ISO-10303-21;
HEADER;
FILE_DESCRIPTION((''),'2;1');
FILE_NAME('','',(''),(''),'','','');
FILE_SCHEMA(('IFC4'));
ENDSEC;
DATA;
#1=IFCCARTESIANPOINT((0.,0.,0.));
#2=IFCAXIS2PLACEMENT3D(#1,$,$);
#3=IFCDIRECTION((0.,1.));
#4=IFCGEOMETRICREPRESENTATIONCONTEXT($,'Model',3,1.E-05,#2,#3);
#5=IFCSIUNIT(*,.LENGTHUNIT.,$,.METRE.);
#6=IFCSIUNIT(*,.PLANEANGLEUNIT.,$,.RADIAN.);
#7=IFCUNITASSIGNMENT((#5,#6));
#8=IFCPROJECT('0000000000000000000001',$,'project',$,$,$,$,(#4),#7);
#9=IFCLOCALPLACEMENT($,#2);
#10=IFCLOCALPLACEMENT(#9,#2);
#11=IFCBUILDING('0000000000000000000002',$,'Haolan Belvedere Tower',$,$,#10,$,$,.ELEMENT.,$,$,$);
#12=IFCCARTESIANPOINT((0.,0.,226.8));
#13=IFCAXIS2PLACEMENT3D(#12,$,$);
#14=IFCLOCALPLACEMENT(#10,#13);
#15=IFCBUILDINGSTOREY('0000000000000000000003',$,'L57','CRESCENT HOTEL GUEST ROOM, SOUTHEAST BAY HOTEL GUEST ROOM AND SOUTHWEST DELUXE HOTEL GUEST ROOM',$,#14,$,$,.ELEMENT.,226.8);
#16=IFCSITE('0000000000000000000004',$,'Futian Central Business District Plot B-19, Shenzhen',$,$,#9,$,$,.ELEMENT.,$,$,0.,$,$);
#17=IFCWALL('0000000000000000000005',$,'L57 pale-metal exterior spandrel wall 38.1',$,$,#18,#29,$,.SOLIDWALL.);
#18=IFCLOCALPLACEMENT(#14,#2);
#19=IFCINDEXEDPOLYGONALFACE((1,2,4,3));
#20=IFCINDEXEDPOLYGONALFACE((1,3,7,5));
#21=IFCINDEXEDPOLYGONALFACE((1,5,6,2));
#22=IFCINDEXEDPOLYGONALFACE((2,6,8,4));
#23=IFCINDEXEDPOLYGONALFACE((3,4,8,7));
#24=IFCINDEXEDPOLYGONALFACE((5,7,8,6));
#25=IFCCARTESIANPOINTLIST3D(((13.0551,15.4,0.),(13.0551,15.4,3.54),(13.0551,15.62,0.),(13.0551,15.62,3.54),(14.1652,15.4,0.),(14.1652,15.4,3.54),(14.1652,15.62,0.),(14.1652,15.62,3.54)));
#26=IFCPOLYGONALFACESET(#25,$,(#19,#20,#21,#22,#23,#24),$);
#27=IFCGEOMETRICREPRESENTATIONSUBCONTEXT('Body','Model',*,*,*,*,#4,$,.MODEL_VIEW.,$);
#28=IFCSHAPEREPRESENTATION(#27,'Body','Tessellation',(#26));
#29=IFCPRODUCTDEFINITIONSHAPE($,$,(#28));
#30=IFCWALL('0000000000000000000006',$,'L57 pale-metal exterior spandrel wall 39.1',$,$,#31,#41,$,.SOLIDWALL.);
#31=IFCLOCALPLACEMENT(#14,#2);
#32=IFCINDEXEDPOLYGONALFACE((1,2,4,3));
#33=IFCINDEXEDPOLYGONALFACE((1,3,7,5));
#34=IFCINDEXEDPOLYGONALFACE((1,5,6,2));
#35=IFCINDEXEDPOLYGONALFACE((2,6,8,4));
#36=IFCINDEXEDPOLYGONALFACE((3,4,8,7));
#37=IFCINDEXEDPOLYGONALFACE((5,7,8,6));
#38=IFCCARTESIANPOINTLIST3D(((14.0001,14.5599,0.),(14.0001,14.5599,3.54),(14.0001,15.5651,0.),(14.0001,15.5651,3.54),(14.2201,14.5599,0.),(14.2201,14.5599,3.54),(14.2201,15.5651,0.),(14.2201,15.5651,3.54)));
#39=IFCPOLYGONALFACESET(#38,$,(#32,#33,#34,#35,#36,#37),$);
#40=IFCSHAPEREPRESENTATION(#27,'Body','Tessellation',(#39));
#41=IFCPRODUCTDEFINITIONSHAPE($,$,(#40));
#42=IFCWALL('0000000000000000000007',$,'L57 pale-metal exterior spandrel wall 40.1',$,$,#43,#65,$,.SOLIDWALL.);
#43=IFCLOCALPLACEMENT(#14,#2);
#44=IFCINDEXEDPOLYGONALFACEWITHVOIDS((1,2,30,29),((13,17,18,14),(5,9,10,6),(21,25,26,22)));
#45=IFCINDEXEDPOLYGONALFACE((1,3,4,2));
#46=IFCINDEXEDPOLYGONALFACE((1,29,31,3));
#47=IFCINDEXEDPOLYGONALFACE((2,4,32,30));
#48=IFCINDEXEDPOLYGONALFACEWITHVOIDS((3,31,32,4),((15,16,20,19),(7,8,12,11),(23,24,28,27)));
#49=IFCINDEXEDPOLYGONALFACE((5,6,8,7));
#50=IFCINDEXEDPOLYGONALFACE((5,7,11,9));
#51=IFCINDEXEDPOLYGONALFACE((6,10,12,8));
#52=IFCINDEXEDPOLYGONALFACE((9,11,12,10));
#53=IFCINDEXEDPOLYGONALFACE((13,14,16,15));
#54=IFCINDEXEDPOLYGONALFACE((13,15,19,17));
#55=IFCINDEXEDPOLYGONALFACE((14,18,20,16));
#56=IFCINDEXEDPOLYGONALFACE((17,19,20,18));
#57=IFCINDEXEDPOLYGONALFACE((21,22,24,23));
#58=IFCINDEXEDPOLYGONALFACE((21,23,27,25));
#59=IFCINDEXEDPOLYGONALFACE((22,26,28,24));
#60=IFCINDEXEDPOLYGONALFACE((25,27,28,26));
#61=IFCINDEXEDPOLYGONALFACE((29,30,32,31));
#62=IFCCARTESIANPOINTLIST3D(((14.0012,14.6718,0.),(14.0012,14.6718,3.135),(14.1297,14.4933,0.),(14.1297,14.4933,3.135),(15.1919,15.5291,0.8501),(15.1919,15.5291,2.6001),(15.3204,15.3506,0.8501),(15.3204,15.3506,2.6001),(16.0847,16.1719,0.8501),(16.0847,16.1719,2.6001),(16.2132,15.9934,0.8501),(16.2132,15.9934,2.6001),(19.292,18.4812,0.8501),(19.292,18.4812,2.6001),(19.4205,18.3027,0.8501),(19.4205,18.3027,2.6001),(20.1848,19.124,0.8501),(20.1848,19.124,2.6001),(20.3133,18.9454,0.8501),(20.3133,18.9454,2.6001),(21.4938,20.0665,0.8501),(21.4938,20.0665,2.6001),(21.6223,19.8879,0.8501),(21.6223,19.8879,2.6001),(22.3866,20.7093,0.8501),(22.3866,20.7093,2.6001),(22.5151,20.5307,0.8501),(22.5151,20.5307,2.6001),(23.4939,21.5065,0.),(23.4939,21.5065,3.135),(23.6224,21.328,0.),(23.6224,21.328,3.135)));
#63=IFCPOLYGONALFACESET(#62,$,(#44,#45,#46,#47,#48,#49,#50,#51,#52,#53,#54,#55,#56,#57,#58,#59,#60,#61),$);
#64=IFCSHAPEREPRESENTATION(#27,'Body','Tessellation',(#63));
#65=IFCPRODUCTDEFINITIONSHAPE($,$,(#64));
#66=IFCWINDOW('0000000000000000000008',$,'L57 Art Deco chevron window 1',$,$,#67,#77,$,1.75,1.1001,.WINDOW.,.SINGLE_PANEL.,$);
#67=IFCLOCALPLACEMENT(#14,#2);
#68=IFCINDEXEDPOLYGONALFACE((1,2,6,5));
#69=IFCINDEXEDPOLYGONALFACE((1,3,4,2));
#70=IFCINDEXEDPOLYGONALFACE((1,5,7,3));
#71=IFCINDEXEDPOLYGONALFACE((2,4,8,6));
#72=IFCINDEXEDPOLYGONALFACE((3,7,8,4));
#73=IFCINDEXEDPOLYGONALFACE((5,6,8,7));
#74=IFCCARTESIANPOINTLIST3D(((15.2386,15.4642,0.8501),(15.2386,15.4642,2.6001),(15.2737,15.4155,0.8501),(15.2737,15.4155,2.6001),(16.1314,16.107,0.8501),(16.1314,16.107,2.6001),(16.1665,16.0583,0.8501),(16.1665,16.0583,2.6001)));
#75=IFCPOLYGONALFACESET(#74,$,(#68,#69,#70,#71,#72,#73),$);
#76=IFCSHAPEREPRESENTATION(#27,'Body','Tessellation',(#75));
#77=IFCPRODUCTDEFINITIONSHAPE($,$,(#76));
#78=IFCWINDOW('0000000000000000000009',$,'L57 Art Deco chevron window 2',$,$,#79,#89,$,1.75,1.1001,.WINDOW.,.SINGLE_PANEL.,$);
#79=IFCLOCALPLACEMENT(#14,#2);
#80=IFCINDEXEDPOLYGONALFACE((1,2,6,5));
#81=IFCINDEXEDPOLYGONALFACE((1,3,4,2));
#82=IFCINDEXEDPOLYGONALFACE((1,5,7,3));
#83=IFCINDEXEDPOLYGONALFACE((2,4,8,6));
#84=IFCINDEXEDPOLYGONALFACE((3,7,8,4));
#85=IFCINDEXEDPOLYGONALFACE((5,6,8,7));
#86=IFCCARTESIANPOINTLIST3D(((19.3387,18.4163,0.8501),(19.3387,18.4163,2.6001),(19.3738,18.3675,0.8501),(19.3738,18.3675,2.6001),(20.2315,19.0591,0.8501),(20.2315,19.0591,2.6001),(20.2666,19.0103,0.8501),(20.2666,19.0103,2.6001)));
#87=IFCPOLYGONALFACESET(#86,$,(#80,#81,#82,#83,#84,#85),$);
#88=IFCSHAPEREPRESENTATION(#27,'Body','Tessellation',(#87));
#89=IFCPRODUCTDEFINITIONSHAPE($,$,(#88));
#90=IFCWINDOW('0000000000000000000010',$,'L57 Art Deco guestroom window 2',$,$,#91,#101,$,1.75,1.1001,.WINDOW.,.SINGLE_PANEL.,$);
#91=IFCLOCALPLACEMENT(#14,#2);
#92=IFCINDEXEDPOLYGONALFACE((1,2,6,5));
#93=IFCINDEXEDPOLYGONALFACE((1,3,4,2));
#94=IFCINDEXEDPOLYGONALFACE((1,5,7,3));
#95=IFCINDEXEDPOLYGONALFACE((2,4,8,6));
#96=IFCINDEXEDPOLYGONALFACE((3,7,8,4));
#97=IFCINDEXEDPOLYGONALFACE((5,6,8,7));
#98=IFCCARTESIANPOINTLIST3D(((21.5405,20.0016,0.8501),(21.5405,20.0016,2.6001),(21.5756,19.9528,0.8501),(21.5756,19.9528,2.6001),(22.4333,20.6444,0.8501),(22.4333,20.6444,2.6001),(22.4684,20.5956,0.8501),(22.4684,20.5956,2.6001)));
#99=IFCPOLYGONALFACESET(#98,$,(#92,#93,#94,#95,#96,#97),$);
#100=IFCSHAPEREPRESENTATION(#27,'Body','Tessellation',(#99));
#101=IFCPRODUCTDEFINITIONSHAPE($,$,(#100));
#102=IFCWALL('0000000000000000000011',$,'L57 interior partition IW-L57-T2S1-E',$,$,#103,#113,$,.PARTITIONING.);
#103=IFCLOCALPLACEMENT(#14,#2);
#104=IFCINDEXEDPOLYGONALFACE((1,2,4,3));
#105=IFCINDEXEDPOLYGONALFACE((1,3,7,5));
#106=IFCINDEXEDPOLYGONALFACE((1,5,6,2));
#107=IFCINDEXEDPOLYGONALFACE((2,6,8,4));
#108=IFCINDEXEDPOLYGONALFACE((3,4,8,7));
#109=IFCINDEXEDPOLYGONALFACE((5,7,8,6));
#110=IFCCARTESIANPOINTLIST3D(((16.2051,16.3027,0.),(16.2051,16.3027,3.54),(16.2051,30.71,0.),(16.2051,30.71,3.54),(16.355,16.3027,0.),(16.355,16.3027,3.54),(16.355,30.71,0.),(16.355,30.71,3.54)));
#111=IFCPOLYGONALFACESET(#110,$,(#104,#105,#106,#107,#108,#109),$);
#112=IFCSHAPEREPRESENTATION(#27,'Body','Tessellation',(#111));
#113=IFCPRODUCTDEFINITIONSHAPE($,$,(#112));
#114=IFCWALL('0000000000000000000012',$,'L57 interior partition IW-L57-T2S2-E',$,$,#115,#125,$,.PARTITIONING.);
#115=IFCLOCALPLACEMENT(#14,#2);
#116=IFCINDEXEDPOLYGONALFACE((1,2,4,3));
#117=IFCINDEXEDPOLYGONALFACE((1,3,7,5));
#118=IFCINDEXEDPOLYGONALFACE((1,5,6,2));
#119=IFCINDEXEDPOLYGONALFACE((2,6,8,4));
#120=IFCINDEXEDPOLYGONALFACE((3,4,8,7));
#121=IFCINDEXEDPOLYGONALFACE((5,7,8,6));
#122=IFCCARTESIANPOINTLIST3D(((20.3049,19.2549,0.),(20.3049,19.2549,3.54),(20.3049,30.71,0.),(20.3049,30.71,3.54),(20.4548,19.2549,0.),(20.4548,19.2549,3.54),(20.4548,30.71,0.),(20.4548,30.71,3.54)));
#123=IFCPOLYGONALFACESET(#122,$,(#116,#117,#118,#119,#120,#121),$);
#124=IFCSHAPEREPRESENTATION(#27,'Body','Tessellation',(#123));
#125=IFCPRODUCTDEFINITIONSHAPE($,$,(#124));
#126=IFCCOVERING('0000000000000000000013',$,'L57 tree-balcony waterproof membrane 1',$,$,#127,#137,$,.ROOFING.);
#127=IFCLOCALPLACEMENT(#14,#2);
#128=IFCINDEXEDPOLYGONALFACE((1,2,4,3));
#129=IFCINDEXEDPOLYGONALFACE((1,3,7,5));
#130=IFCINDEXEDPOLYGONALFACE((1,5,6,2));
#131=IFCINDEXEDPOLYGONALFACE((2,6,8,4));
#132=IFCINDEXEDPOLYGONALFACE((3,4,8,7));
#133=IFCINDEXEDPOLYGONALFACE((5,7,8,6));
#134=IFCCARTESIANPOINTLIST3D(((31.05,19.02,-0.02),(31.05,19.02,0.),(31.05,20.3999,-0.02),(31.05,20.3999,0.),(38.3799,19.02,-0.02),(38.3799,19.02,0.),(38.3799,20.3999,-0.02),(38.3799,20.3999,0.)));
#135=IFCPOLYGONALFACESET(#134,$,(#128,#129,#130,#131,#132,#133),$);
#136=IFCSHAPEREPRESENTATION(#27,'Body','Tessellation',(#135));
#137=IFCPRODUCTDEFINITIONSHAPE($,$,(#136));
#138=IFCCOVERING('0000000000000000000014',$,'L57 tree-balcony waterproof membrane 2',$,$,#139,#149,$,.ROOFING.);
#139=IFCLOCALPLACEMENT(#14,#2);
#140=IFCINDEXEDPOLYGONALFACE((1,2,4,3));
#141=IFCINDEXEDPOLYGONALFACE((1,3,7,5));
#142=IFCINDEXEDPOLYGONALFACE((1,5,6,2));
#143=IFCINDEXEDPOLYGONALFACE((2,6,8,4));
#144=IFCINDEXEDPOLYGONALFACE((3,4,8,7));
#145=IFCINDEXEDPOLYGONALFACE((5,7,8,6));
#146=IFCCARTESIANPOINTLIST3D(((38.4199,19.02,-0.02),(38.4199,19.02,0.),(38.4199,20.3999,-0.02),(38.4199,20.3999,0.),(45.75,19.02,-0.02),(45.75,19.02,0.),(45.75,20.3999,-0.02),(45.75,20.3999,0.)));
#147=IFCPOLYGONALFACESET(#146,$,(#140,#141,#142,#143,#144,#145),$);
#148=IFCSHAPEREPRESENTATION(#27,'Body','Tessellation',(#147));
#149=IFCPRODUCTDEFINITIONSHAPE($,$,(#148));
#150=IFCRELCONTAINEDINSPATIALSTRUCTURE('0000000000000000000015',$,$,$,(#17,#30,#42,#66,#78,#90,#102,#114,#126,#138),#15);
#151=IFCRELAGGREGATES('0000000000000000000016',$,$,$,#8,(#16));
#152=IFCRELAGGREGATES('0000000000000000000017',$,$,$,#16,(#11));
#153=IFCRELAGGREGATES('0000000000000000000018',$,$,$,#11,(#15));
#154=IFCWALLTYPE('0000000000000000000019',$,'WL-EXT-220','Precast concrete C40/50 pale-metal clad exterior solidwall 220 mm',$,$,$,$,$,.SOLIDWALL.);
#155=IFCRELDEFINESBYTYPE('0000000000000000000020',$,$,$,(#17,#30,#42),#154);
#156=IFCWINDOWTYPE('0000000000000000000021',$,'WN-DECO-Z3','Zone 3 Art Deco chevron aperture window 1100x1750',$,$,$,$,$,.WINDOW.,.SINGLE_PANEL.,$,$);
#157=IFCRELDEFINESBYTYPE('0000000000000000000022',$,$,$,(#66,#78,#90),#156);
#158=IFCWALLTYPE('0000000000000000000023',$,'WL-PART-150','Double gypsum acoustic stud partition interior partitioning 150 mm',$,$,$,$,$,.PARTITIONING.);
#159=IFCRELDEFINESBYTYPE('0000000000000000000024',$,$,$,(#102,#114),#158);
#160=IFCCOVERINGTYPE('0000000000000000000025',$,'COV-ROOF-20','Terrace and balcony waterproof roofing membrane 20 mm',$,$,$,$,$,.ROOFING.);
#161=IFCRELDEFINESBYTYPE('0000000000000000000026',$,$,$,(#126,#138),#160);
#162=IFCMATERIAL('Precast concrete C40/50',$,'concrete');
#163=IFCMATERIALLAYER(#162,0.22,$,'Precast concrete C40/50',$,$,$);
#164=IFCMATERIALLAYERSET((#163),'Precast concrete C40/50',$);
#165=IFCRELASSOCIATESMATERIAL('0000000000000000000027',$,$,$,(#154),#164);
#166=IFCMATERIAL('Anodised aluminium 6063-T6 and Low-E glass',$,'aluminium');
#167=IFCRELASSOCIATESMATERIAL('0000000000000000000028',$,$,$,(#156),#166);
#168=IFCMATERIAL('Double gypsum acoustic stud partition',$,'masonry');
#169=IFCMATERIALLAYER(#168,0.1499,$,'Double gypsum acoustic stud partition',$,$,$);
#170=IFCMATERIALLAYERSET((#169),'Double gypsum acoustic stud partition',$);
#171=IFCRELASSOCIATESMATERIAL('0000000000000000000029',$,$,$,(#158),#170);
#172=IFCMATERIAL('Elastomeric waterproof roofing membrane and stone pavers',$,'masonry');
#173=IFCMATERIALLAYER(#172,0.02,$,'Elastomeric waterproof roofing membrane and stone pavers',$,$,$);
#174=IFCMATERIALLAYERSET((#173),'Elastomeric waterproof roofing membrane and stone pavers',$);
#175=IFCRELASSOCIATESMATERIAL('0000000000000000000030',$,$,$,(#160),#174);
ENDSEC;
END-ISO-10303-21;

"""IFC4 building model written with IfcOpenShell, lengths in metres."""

from ifc_helpers import new_model, si_unit, direction, frame, frame_2d, origin, place, context, subcontext, project, spatial, polyline, rectangle, outline, extrude, material, layer, layer_set, type_object, element, fill, save


model = new_model("IFC4")

# Units and contexts
model_context = context("Model", 3, precision=1e-05, world=origin(), true_north=direction((0.0, 1.0)))
body_context = subcontext(model_context, "Body", "Model", "MODEL_VIEW")
ifc_project = project(units=[si_unit("LENGTHUNIT", "METRE"), si_unit("PLANEANGLEUNIT", "RADIAN")], contexts=[model_context])

# Site, building, storey
site_placement = place(None, origin())
site = spatial("IfcSite", under=ifc_project, at=site_placement, Name="Futian Central Business District Plot B-19, Shenzhen", CompositionType="ELEMENT", RefElevation=0.0)
building_placement = place(site_placement, origin())
building = spatial("IfcBuilding", under=site, at=building_placement, Name="Haolan Belvedere Tower", CompositionType="ELEMENT")
storey_placement = place(building_placement, frame((0.0, 0.0, 226.8)))
storey = spatial("IfcBuildingStorey", under=building, at=storey_placement, Name="L57", Description="CRESCENT HOTEL GUEST ROOM, SOUTHEAST BAY HOTEL GUEST ROOM AND SOUTHWEST DELUXE HOTEL GUEST ROOM", CompositionType="ELEMENT", Elevation=226.8)

# Walls
ifc_material_1 = material(Name="Precast concrete C40/50", Category="concrete")
ifc_layer_1 = layer(ifc_material_1, 0.22, Name="Precast concrete C40/50")
ifc_layer_set_1 = layer_set([ifc_layer_1], Name="Precast concrete C40/50")
wall_type_1 = type_object("IfcWallType", Name="WL-EXT-220", Description="Precast concrete C40/50 pale-metal clad exterior solidwall 220 mm", PredefinedType="SOLIDWALL", material=ifc_layer_set_1)
wall_1_placement = place(storey_placement, frame((13.0549, 15.51, 0.0), z_axis=(0.0, 0.0, 1.0), x_axis=(1.0, 0.0, 0.0)))
element("IfcWall", 1, at=wall_1_placement, inside=storey, type_object=wall_type_1, Name="L57 pale-metal exterior spandrel wall 38.1", PredefinedType="SOLIDWALL", context=body_context, shape_type="SweptSolid", body=[
    extrude(rectangle(XDim=1.1101, YDim=0.22, at=frame_2d((0.5552, 0.0))), origin(), (0.0, 0.0, 1.0), 3.54),
])
wall_2_placement = place(storey_placement, frame((14.1101, 15.5649, 0.0), z_axis=(0.0, 0.0, 1.0), x_axis=(0.0, -1.0, 0.0)))
element("IfcWall", 2, at=wall_2_placement, inside=storey, type_object=wall_type_1, Name="L57 pale-metal exterior spandrel wall 39.1", PredefinedType="SOLIDWALL", context=body_context, shape_type="SweptSolid", body=[
    extrude(rectangle(XDim=1.0051, YDim=0.22, at=frame_2d((0.5024, 0.0))), origin(), (0.0, 0.0, 1.0), 3.54),
])

# Wall, openings, windows
wall_3_placement = place(storey_placement, frame((14.0654, 14.5825, 0.0), z_axis=(0.0, 0.0, 1.0), x_axis=(0.811535, 0.584304, 0.0)))
wall_3 = element("IfcWall", 3, at=wall_3_placement, inside=storey, type_object=wall_type_1, Name="L57 pale-metal exterior spandrel wall 40.1", PredefinedType="SOLIDWALL", context=body_context, shape_type="SweptSolid", body=[
    extrude(rectangle(XDim=11.6973, YDim=0.22, at=frame_2d((5.8486, 0.0))), origin(), (0.0, 0.0, 1.0), 3.135),
])
opening_1_placement = place(wall_3_placement, frame((1.4673, 0.0, 0.8501)))
opening_1 = element("IfcOpeningElement", 4, at=opening_1_placement, cuts=wall_3, PredefinedType="OPENING", context=body_context, shape_type="SweptSolid", body=[
    extrude(rectangle(XDim=1.1001, YDim=1.75, at=frame_2d((0.55, 0.875))), frame((0.0, 0.1199, 0.0), z_axis=(0.0, -1.0, 0.0), x_axis=(1.0, 0.0, 0.0)), (0.0, 0.0, 1.0), 0.24),
])
opening_2_placement = place(wall_3_placement, frame((6.5195, 0.0, 0.8501)))
opening_2 = element("IfcOpeningElement", 5, at=opening_2_placement, cuts=wall_3, PredefinedType="OPENING", context=body_context, shape_type="SweptSolid", body=[
    extrude(rectangle(XDim=1.1001, YDim=1.75, at=frame_2d((0.55, 0.875))), frame((0.0, 0.1199, 0.0), z_axis=(0.0, -1.0, 0.0), x_axis=(1.0, 0.0, 0.0)), (0.0, 0.0, 1.0), 0.24),
])
opening_3_placement = place(wall_3_placement, frame((9.2327, 0.0, 0.8501)))
opening_3 = element("IfcOpeningElement", 6, at=opening_3_placement, cuts=wall_3, PredefinedType="OPENING", context=body_context, shape_type="SweptSolid", body=[
    extrude(rectangle(XDim=1.1001, YDim=1.75, at=frame_2d((0.55, 0.875))), frame((0.0, 0.1199, 0.0), z_axis=(0.0, -1.0, 0.0), x_axis=(1.0, 0.0, 0.0)), (0.0, 0.0, 1.0), 0.24),
])
ifc_material_2 = material(Name="Anodised aluminium 6063-T6 and Low-E glass", Category="aluminium")
window_type = type_object("IfcWindowType", Name="WN-DECO-Z3", Description="Zone 3 Art Deco chevron aperture window 1100x1750", PartitioningType="SINGLE_PANEL", PredefinedType="WINDOW", material=ifc_material_2)
window_1_placement = place(opening_1_placement, origin())
window_1 = element("IfcWindow", 7, at=window_1_placement, inside=storey, type_object=window_type, Name="L57 Art Deco chevron window 1", OverallHeight=1.75, OverallWidth=1.1001, PartitioningType="SINGLE_PANEL", PredefinedType="WINDOW", context=body_context, shape_type="SweptSolid", body=[
    extrude(rectangle(XDim=1.1001, YDim=1.75, at=frame_2d((0.55, 0.875))), frame((0.0, 0.03, 0.0), z_axis=(0.0, -1.0, 0.0), x_axis=(1.0, 0.0, 0.0)), (0.0, 0.0, 1.0), 0.0601),
])
fill(opening_1, window_1)
window_2_placement = place(opening_2_placement, origin())
window_2 = element("IfcWindow", 8, at=window_2_placement, inside=storey, type_object=window_type, Name="L57 Art Deco chevron window 2", OverallHeight=1.75, OverallWidth=1.1001, PartitioningType="SINGLE_PANEL", PredefinedType="WINDOW", context=body_context, shape_type="SweptSolid", body=[
    extrude(rectangle(XDim=1.1001, YDim=1.75, at=frame_2d((0.55, 0.875))), frame((0.0, 0.03, 0.0), z_axis=(0.0, -1.0, 0.0), x_axis=(1.0, 0.0, 0.0)), (0.0, 0.0, 1.0), 0.0601),
])
fill(opening_2, window_2)
window_3_placement = place(opening_3_placement, origin())
window_3 = element("IfcWindow", 9, at=window_3_placement, inside=storey, type_object=window_type, Name="L57 Art Deco guestroom window 2", OverallHeight=1.75, OverallWidth=1.1001, PartitioningType="SINGLE_PANEL", PredefinedType="WINDOW", context=body_context, shape_type="SweptSolid", body=[
    extrude(rectangle(XDim=1.1001, YDim=1.75, at=frame_2d((0.55, 0.875))), frame((0.0, 0.03, 0.0), z_axis=(0.0, -1.0, 0.0), x_axis=(1.0, 0.0, 0.0)), (0.0, 0.0, 1.0), 0.0601),
])
fill(opening_3, window_3)

# Walls
ifc_material_3 = material(Name="Double gypsum acoustic stud partition", Category="masonry")
ifc_layer_2 = layer(ifc_material_3, 0.1499, Name="Double gypsum acoustic stud partition")
ifc_layer_set_2 = layer_set([ifc_layer_2], Name="Double gypsum acoustic stud partition")
wall_type_2 = type_object("IfcWallType", Name="WL-PART-150", Description="Double gypsum acoustic stud partition interior partitioning 150 mm", PredefinedType="PARTITIONING", material=ifc_layer_set_2)
wall_4_placement = place(storey_placement, frame((16.28, 16.3027, 0.0), z_axis=(0.0, 0.0, 1.0), x_axis=(0.0, 1.0, 0.0)))
element("IfcWall", 10, at=wall_4_placement, inside=storey, type_object=wall_type_2, Name="L57 interior partition IW-L57-T2S1-E", PredefinedType="PARTITIONING", context=body_context, shape_type="SweptSolid", body=[
    extrude(rectangle(XDim=14.4072, YDim=0.1499, at=frame_2d((7.2036, 0.0))), origin(), (0.0, 0.0, 1.0), 3.54),
])
wall_5_placement = place(storey_placement, frame((20.3799, 19.2549, 0.0), z_axis=(0.0, 0.0, 1.0), x_axis=(0.0, 1.0, 0.0)))
element("IfcWall", 11, at=wall_5_placement, inside=storey, type_object=wall_type_2, Name="L57 interior partition IW-L57-T2S2-E", PredefinedType="PARTITIONING", context=body_context, shape_type="SweptSolid", body=[
    extrude(rectangle(XDim=11.4551, YDim=0.1499, at=frame_2d((5.7275, 0.0))), origin(), (0.0, 0.0, 1.0), 3.54),
])

# Coverings
ifc_material_4 = material(Name="Elastomeric waterproof roofing membrane and stone pavers", Category="masonry")
ifc_layer_3 = layer(ifc_material_4, 0.02, Name="Elastomeric waterproof roofing membrane and stone pavers")
ifc_layer_set_3 = layer_set([ifc_layer_3], Name="Elastomeric waterproof roofing membrane and stone pavers")
covering_type = type_object("IfcCoveringType", Name="COV-ROOF-20", Description="Terrace and balcony waterproof roofing membrane 20 mm", PredefinedType="ROOFING", material=ifc_layer_set_3)
covering_1_placement = place(storey_placement, frame((0.0, 0.0, -0.02)))
element("IfcCovering", 12, at=covering_1_placement, inside=storey, type_object=covering_type, Name="L57 tree-balcony waterproof membrane 1", PredefinedType="ROOFING", context=body_context, shape_type="SweptSolid", body=[
    extrude(outline(polyline([(31.05, 19.02), (38.3799, 19.02), (38.3799, 20.3999), (31.05, 20.3999), (31.05, 19.02)])), origin(), (0.0, 0.0, 1.0), 0.02),
])
covering_2_placement = place(storey_placement, frame((0.0, 0.0, -0.02)))
element("IfcCovering", 13, at=covering_2_placement, inside=storey, type_object=covering_type, Name="L57 tree-balcony waterproof membrane 2", PredefinedType="ROOFING", context=body_context, shape_type="SweptSolid", body=[
    extrude(outline(polyline([(38.4199, 19.02), (45.75, 19.02), (45.75, 20.3999), (38.4199, 20.3999), (38.4199, 19.02)])), origin(), (0.0, 0.0, 1.0), 0.02),
])

save(model, "model.ifc")
